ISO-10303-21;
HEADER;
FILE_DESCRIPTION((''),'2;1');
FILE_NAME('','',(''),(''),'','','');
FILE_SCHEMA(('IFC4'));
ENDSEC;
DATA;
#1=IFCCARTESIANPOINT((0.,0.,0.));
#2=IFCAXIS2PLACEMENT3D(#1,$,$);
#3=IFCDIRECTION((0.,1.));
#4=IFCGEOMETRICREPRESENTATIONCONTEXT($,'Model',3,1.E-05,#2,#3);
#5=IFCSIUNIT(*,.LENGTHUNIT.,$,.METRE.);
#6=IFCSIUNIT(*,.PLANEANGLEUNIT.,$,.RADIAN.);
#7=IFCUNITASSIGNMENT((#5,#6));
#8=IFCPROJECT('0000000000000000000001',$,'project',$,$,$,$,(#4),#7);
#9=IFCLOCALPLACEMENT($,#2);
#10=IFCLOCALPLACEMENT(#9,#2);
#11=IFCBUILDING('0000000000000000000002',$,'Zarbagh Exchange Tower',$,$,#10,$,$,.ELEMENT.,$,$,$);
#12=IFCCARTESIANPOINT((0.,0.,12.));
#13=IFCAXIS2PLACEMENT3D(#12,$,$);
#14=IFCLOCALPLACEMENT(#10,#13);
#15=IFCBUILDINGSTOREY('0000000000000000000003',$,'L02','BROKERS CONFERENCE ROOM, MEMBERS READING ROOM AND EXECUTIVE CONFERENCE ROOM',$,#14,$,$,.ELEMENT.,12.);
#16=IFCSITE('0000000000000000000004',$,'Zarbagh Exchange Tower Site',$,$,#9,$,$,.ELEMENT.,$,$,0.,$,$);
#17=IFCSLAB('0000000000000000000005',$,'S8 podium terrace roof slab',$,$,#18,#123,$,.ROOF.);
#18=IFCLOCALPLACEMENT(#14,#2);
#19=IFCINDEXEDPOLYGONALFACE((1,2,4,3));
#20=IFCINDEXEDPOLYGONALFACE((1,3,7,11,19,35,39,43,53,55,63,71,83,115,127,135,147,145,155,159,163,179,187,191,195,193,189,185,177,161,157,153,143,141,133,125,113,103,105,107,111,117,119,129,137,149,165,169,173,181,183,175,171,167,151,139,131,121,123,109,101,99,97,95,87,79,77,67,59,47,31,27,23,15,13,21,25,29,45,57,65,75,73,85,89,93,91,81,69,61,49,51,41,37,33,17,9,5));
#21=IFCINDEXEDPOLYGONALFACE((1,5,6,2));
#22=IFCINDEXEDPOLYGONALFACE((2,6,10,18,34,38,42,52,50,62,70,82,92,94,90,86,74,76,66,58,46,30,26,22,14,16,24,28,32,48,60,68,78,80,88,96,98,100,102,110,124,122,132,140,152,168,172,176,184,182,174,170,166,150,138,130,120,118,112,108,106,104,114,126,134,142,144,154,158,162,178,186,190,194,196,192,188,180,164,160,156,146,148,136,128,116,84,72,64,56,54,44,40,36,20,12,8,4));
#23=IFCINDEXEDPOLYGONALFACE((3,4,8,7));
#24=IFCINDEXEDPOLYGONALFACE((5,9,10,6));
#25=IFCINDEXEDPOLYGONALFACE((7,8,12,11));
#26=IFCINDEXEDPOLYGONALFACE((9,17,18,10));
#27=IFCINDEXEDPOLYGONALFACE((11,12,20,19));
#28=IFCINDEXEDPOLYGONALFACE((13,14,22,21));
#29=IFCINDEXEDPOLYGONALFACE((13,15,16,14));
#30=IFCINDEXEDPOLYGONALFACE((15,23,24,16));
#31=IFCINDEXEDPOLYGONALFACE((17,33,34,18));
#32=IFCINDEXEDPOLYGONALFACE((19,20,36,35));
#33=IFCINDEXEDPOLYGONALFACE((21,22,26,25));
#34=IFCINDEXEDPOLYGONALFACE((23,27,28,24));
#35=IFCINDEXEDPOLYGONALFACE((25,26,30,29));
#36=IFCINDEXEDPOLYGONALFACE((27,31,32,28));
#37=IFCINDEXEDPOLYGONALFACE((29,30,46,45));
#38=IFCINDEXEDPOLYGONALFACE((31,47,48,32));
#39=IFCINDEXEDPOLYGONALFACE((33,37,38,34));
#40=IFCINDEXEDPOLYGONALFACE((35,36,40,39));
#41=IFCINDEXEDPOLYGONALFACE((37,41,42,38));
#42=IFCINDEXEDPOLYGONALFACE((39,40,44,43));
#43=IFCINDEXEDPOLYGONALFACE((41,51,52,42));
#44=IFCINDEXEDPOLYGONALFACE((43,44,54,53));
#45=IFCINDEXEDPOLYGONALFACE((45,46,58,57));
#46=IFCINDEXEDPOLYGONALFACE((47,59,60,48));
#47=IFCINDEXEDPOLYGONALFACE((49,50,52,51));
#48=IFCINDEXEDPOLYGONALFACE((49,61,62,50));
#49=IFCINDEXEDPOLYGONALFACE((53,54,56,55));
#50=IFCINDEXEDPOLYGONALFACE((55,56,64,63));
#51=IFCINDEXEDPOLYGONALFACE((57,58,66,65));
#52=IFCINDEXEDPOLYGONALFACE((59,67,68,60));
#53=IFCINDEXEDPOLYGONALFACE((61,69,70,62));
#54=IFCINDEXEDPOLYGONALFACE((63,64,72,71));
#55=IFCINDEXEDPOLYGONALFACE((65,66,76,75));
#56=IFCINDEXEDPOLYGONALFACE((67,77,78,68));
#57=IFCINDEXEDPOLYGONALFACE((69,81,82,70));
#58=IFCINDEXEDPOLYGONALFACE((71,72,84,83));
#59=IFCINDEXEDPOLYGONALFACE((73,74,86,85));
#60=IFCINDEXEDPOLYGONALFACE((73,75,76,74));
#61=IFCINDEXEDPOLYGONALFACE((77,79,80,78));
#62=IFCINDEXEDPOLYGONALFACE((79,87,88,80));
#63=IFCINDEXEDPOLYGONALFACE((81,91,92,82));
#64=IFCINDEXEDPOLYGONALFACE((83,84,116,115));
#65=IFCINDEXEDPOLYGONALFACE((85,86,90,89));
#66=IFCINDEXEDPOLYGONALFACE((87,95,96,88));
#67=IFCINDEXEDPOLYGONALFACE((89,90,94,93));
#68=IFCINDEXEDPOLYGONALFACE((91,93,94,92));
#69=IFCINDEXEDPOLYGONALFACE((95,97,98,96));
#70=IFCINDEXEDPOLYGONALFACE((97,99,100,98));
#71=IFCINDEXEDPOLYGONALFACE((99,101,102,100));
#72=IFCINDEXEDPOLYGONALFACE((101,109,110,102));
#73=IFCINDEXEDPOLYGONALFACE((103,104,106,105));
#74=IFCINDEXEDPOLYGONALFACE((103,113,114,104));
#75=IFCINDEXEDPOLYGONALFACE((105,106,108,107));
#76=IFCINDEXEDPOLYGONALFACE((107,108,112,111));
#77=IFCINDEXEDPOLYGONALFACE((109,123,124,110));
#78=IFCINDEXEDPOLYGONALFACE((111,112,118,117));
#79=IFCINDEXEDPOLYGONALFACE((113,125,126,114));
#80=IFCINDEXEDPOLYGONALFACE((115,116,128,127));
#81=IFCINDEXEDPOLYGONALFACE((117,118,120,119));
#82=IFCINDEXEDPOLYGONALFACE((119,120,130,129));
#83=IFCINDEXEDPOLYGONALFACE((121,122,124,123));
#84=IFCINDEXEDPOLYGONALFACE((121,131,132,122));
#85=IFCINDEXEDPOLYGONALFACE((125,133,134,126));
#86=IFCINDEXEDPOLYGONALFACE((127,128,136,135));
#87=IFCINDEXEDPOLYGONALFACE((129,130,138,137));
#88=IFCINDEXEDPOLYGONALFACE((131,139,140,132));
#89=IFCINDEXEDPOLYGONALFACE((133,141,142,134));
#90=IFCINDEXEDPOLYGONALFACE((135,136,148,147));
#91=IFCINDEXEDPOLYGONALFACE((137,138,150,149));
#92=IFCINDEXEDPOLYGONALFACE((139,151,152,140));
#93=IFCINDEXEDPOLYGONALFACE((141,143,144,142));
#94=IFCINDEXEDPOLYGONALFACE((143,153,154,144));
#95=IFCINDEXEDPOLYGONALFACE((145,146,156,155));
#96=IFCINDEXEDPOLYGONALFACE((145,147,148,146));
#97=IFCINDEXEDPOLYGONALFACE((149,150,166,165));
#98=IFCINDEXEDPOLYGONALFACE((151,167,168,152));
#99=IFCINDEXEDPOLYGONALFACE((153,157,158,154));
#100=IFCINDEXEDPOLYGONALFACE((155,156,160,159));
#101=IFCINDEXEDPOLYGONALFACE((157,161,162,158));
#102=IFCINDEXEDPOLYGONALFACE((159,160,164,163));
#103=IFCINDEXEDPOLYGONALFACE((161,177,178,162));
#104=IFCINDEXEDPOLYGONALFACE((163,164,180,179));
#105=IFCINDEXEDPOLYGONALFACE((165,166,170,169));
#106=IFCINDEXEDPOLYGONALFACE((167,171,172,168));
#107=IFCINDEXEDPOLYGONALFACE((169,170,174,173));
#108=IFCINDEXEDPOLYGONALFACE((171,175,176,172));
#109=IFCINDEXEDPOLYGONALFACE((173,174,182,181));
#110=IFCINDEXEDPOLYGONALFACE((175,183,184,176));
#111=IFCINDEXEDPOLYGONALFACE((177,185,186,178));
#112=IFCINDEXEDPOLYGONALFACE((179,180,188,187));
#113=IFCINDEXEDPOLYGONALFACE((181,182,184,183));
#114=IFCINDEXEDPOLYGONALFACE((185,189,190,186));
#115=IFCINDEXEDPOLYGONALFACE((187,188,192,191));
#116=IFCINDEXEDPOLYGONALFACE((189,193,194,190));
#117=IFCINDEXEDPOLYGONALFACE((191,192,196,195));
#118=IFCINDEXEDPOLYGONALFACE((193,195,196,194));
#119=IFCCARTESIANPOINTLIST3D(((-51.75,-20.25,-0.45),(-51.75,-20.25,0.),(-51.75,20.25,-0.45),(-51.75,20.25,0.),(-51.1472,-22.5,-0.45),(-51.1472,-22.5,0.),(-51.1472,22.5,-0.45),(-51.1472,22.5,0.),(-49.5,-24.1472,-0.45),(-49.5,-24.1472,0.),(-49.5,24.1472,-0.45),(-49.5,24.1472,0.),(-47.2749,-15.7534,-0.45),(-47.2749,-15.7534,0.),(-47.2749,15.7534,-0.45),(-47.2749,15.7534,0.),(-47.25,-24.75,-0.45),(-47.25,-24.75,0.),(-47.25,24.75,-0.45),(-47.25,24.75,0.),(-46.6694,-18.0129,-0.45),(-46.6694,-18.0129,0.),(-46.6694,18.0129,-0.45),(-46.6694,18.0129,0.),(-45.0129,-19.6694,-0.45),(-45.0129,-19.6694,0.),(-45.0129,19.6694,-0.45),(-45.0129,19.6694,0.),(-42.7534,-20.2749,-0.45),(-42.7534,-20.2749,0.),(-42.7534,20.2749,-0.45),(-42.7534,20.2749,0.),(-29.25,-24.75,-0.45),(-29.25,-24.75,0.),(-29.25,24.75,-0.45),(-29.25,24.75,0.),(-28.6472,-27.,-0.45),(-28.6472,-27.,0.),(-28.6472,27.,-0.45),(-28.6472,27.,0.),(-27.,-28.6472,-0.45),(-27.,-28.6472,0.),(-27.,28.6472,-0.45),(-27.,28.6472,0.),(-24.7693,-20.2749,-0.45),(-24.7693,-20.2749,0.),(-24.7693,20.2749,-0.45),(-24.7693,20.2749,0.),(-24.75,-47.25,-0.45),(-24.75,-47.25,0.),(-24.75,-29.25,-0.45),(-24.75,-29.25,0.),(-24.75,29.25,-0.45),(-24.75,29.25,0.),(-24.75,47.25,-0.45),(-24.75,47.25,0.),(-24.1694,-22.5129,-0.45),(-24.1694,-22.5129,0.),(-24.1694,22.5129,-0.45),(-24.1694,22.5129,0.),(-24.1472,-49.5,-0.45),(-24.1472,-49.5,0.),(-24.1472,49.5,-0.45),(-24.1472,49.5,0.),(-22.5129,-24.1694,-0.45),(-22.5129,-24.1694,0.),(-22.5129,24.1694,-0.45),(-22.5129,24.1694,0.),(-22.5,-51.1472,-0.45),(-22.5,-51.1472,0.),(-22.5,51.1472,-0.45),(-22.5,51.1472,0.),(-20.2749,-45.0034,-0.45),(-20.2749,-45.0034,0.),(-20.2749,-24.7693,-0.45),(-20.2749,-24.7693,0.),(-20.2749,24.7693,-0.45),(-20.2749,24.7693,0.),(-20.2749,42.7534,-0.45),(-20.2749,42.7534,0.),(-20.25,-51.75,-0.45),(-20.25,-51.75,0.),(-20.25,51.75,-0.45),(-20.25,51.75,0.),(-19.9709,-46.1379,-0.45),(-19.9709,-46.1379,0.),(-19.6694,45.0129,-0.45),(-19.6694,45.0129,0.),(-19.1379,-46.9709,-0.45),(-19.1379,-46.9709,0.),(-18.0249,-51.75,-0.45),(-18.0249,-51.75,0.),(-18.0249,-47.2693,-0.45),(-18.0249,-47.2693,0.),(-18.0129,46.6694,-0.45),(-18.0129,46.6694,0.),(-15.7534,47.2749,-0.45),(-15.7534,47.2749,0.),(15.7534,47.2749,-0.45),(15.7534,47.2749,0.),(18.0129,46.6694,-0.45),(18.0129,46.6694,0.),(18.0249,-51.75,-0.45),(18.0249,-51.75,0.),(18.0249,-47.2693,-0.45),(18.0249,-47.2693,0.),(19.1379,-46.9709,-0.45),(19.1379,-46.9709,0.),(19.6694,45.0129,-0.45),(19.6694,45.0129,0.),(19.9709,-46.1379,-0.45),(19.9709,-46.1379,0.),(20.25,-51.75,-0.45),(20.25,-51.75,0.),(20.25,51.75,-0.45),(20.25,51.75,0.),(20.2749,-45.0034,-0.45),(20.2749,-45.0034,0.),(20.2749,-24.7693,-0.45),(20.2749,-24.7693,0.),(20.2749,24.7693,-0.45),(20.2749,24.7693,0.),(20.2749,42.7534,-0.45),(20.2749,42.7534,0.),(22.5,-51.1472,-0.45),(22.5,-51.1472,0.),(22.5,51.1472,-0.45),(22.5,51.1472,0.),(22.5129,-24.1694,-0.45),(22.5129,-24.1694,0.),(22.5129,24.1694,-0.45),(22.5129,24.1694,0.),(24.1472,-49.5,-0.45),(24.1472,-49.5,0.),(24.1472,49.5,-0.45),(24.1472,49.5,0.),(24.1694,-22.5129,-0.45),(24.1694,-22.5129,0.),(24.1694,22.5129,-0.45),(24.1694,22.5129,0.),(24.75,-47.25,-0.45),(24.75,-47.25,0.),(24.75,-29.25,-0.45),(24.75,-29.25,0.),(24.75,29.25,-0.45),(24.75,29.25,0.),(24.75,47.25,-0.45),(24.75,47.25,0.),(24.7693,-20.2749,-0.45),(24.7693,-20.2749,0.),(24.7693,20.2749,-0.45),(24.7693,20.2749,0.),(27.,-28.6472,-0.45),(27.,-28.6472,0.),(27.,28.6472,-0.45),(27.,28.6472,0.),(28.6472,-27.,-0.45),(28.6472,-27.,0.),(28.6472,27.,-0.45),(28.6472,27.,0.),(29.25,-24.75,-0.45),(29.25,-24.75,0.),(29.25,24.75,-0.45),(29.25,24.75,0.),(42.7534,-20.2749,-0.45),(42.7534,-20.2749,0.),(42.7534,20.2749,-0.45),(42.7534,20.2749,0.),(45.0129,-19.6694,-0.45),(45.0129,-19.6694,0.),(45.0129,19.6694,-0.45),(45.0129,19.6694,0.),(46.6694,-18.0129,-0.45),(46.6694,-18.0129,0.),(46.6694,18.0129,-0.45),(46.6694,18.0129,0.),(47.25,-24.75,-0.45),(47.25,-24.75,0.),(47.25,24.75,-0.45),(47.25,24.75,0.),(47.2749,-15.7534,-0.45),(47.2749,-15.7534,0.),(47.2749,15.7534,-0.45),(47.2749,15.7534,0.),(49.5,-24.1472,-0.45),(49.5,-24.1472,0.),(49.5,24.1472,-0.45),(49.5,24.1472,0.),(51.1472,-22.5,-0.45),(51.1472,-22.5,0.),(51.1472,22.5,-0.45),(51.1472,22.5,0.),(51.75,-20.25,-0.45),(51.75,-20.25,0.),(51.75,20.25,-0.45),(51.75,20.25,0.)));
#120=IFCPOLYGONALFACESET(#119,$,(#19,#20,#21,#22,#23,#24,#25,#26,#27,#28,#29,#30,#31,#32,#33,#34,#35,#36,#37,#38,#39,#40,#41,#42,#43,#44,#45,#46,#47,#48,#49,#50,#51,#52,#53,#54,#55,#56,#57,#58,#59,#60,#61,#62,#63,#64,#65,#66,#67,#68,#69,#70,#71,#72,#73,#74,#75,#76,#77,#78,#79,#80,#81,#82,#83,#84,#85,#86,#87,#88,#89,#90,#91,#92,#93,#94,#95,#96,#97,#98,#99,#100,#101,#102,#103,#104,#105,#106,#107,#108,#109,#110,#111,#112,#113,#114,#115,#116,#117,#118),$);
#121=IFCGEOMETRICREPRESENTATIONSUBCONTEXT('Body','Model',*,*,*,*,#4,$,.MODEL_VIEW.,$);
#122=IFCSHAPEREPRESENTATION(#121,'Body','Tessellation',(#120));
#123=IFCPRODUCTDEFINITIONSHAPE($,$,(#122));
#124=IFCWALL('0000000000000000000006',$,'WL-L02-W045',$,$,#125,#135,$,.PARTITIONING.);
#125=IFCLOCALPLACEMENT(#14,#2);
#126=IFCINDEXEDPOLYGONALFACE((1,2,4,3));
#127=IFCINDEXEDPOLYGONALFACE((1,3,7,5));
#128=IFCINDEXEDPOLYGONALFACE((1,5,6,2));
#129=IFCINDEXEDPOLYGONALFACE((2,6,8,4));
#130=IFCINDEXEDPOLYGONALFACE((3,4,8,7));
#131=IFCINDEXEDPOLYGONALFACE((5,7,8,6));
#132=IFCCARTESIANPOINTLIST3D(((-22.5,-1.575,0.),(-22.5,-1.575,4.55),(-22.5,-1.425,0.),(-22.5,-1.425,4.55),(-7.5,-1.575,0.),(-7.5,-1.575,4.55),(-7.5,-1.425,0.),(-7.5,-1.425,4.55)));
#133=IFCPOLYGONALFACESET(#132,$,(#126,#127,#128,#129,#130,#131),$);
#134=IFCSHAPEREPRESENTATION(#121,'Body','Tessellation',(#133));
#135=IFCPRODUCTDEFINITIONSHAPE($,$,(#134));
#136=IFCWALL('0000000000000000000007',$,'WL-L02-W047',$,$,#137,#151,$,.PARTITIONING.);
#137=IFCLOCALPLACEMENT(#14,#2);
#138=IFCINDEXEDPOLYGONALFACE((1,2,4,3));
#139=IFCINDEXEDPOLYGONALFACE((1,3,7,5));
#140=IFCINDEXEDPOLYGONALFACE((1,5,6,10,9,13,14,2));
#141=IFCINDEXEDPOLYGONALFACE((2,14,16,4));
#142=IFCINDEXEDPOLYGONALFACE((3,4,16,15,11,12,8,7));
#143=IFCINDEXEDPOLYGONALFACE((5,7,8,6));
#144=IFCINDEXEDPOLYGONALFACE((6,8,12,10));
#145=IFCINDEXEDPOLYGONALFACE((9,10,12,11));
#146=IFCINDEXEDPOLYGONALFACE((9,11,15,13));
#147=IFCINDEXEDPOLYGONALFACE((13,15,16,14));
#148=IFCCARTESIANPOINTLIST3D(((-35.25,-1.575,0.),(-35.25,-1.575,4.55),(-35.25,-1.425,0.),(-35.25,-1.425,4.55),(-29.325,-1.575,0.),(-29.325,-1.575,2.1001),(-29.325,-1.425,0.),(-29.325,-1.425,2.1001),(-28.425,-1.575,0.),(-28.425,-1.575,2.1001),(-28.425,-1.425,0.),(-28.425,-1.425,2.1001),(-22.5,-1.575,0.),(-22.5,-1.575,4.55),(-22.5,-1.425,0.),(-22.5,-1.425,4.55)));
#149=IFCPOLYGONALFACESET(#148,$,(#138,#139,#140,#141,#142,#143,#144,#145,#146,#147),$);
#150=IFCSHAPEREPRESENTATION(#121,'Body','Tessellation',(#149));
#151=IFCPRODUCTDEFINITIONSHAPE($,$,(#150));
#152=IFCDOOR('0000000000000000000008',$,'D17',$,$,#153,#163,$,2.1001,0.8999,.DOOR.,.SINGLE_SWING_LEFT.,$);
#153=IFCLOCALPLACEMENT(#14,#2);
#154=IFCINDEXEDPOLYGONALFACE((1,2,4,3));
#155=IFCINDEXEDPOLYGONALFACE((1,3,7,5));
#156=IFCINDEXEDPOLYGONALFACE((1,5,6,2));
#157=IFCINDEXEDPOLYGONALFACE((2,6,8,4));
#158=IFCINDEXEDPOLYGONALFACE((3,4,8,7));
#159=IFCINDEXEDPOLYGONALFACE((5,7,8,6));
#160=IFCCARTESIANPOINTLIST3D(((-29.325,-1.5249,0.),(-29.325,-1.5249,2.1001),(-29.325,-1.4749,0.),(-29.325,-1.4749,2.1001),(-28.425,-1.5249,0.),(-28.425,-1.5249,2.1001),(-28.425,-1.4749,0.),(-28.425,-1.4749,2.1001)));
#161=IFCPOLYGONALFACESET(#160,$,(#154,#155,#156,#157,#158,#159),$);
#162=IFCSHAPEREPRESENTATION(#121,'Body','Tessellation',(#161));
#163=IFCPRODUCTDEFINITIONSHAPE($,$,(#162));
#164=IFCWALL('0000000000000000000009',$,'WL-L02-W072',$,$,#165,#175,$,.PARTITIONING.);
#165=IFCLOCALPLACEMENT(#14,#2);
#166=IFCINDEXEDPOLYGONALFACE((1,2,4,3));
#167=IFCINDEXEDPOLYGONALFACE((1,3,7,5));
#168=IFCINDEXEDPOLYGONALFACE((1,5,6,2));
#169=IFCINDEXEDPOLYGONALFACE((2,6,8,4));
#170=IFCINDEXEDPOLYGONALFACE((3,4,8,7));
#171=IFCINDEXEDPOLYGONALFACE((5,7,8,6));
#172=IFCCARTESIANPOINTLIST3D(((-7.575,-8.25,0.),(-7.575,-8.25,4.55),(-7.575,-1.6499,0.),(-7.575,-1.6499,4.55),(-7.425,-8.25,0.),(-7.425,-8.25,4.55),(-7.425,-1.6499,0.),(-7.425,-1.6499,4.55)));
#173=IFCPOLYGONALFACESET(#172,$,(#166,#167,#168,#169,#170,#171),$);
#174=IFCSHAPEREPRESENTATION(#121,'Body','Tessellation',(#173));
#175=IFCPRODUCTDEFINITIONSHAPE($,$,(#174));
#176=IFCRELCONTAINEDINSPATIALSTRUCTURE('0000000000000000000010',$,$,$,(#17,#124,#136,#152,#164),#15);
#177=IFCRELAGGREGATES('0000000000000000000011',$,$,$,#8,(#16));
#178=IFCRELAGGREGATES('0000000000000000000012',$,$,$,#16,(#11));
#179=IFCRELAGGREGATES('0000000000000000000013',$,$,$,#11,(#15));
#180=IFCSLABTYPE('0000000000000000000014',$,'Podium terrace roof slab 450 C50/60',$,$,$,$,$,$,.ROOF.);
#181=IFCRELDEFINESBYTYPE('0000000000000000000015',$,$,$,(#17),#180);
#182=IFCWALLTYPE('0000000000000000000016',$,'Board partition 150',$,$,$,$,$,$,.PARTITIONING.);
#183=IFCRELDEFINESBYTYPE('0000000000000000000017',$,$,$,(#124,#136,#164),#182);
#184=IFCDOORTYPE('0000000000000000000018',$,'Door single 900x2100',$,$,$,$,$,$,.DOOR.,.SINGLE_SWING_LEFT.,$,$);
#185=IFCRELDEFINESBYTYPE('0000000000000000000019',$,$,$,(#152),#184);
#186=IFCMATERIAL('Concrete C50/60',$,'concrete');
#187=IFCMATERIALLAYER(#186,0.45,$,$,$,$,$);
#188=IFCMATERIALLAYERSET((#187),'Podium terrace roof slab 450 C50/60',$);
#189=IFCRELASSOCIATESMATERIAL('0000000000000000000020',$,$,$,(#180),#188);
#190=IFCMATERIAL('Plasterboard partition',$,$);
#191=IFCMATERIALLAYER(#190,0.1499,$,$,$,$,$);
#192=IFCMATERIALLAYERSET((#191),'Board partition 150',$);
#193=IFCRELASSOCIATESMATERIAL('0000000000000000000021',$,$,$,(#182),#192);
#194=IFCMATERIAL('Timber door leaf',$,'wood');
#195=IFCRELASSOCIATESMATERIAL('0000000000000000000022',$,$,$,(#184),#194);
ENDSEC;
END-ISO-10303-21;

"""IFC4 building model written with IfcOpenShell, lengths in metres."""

from ifc_helpers import new_model, si_unit, direction, frame, frame_2d, origin, place, context, subcontext, project, spatial, polyline, rectangle, outline, extrude, material, layer, layer_set, type_object, element, fill, save


model = new_model("IFC4")

# Units and contexts
model_context = context("Model", 3, precision=1e-05, world=origin(), true_north=direction((0.0, 1.0)))
body_context = subcontext(model_context, "Body", "Model", "MODEL_VIEW")
ifc_project = project(units=[si_unit("LENGTHUNIT", "METRE"), si_unit("PLANEANGLEUNIT", "RADIAN")], contexts=[model_context])

# Site, building, storey
site_placement = place(None, origin())
site = spatial("IfcSite", under=ifc_project, at=site_placement, Name="Zarbagh Exchange Tower Site", CompositionType="ELEMENT", RefElevation=0.0)
building_placement = place(site_placement, origin())
building = spatial("IfcBuilding", under=site, at=building_placement, Name="Zarbagh Exchange Tower", CompositionType="ELEMENT")
storey_placement = place(building_placement, frame((0.0, 0.0, 12.0)))
storey = spatial("IfcBuildingStorey", under=building, at=storey_placement, Name="L02", Description="BROKERS CONFERENCE ROOM, MEMBERS READING ROOM AND EXECUTIVE CONFERENCE ROOM", CompositionType="ELEMENT", Elevation=12.0)

# Slab
ifc_material_1 = material(Name="Concrete C50/60", Category="concrete")
ifc_layer_1 = layer(ifc_material_1, 0.45)
ifc_layer_set_1 = layer_set([ifc_layer_1], Name="Podium terrace roof slab 450 C50/60")
slab_type_1 = type_object("IfcSlabType", Name="Podium terrace roof slab 450 C50/60", PredefinedType="ROOF", material=ifc_layer_set_1)
slab_1_placement = place(storey_placement, frame((0.0, 0.0, -0.45)))
element("IfcSlab", 1, at=slab_1_placement, inside=storey, type_object=slab_type_1, Name="S8 podium terrace roof slab", PredefinedType="ROOF", context=body_context, shape_type="SweptSolid", body=[
    extrude(outline(polyline([(-24.1472, -49.5), (-24.75, -47.25), (-24.75, -29.25), (-27.0, -28.6472), (-28.6472, -27.0), (-29.25, -24.75), (-47.25, -24.75), (-49.5, -24.1472), (-51.1472, -22.5), (-51.75, -20.25), (-51.75, 20.25), (-51.1472, 22.5), (-49.5, 24.1472), (-47.25, 24.75), (-29.25, 24.75), (-28.6472, 27.0), (-27.0, 28.6472), (-24.75, 29.25), (-24.75, 47.25), (-24.1472, 49.5), (-22.5, 51.1472), (-20.25, 51.75), (20.25, 51.75), (22.5, 51.1472), (24.1472, 49.5), (24.75, 47.25), (24.75, 29.25), (27.0, 28.6472), (28.6472, 27.0), (29.25, 24.75), (47.25, 24.75), (49.5, 24.1472), (51.1472, 22.5), (51.75, 20.25), (51.75, -20.25), (51.1472, -22.5), (49.5, -24.1472), (47.25, -24.75), (29.25, -24.75), (28.6472, -27.0), (27.0, -28.6472), (24.75, -29.25), (24.75, -47.25), (24.1472, -49.5), (22.5, -51.1472), (20.25, -51.75), (18.0249, -51.75), (18.0249, -47.2693), (19.1379, -46.9709), (19.9709, -46.1379), (20.2749, -45.0034), (20.2749, -24.7693), (22.5129, -24.1694), (24.1694, -22.5129), (24.7693, -20.2749), (42.7534, -20.2749), (45.0129, -19.6694), (46.6694, -18.0129), (47.2749, -15.7534), (47.2749, 15.7534), (46.6694, 18.0129), (45.0129, 19.6694), (42.7534, 20.2749), (24.7693, 20.2749), (24.1694, 22.5129), (22.5129, 24.1694), (20.2749, 24.7693), (20.2749, 42.7534), (19.6694, 45.0129), (18.0129, 46.6694), (15.7534, 47.2749), (-15.7534, 47.2749), (-18.0129, 46.6694), (-19.6694, 45.0129), (-20.2749, 42.7534), (-20.2749, 24.7693), (-22.5129, 24.1694), (-24.1694, 22.5129), (-24.7693, 20.2749), (-42.7534, 20.2749), (-45.0129, 19.6694), (-46.6694, 18.0129), (-47.2749, 15.7534), (-47.2749, -15.7534), (-46.6694, -18.0129), (-45.0129, -19.6694), (-42.7534, -20.2749), (-24.7693, -20.2749), (-24.1694, -22.5129), (-22.5129, -24.1694), (-20.2749, -24.7693), (-20.2749, -45.0034), (-19.9709, -46.1379), (-19.1379, -46.9709), (-18.0249, -47.2693), (-18.0249, -51.75), (-20.25, -51.75), (-22.5, -51.1472), (-24.1472, -49.5)])), origin(), (0.0, 0.0, 1.0), 0.45),
])

# Wall
ifc_material_2 = material(Name="Plasterboard partition")
ifc_layer_2 = layer(ifc_material_2, 0.1499)
ifc_layer_set_2 = layer_set([ifc_layer_2], Name="Board partition 150")
wall_type_1 = type_object("IfcWallType", Name="Board partition 150", PredefinedType="PARTITIONING", material=ifc_layer_set_2)
wall_1_placement = place(storey_placement, frame((-7.5, -1.5, 0.0), z_axis=(0.0, 0.0, 1.0), x_axis=(-1.0, 0.0, 0.0)))
element("IfcWall", 2, at=wall_1_placement, inside=storey, type_object=wall_type_1, Name="WL-L02-W045", PredefinedType="PARTITIONING", context=body_context, shape_type="SweptSolid", body=[
    extrude(rectangle(XDim=15.0, YDim=0.1499, at=frame_2d((7.5, 0.0))), origin(), (0.0, 0.0, 1.0), 4.55),
])

# Wall, opening, door
wall_2_placement = place(storey_placement, frame((-22.5, -1.5, 0.0), z_axis=(0.0, 0.0, 1.0), x_axis=(-1.0, 0.0, 0.0)))
wall_2 = element("IfcWall", 3, at=wall_2_placement, inside=storey, type_object=wall_type_1, Name="WL-L02-W047", PredefinedType="PARTITIONING", context=body_context, shape_type="SweptSolid", body=[
    extrude(rectangle(XDim=12.75, YDim=0.1499, at=frame_2d((6.375, 0.0))), origin(), (0.0, 0.0, 1.0), 4.55),
])
opening_placement = place(wall_2_placement, frame((5.925, 0.0, 0.0)))
opening = element("IfcOpeningElement", 4, at=opening_placement, cuts=wall_2, PredefinedType="OPENING", context=body_context, shape_type="SweptSolid", body=[
    extrude(rectangle(XDim=0.8999, YDim=2.1001, at=frame_2d((0.45, 1.05))), frame((0.0, 0.085, 0.0), z_axis=(0.0, -1.0, 0.0), x_axis=(1.0, 0.0, 0.0)), (0.0, 0.0, 1.0), 0.1699),
])
ifc_material_3 = material(Name="Timber door leaf", Category="wood")
door_type = type_object("IfcDoorType", Name="Door single 900x2100", OperationType="SINGLE_SWING_LEFT", PredefinedType="DOOR", material=ifc_material_3)
door_placement = place(opening_placement, origin())
door = element("IfcDoor", 5, at=door_placement, inside=storey, type_object=door_type, Name="D17", OperationType="SINGLE_SWING_LEFT", OverallHeight=2.1001, OverallWidth=0.8999, PredefinedType="DOOR", context=body_context, shape_type="SweptSolid", body=[
    extrude(rectangle(XDim=0.8999, YDim=2.1001, at=frame_2d((0.45, 1.05))), frame((0.0, 0.0249, 0.0), z_axis=(0.0, -1.0, 0.0), x_axis=(1.0, 0.0, 0.0)), (0.0, 0.0, 1.0), 0.05),
])
fill(opening, door)

# Wall
wall_3_placement = place(storey_placement, frame((-7.5, -1.6499, 0.0), z_axis=(0.0, 0.0, 1.0), x_axis=(0.0, -1.0, 0.0)))
element("IfcWall", 6, at=wall_3_placement, inside=storey, type_object=wall_type_1, Name="WL-L02-W072", PredefinedType="PARTITIONING", context=body_context, shape_type="SweptSolid", body=[
    extrude(rectangle(XDim=6.6001, YDim=0.1499, at=frame_2d((3.3, 0.0))), origin(), (0.0, 0.0, 1.0), 4.55),
])

save(model, "model.ifc")
